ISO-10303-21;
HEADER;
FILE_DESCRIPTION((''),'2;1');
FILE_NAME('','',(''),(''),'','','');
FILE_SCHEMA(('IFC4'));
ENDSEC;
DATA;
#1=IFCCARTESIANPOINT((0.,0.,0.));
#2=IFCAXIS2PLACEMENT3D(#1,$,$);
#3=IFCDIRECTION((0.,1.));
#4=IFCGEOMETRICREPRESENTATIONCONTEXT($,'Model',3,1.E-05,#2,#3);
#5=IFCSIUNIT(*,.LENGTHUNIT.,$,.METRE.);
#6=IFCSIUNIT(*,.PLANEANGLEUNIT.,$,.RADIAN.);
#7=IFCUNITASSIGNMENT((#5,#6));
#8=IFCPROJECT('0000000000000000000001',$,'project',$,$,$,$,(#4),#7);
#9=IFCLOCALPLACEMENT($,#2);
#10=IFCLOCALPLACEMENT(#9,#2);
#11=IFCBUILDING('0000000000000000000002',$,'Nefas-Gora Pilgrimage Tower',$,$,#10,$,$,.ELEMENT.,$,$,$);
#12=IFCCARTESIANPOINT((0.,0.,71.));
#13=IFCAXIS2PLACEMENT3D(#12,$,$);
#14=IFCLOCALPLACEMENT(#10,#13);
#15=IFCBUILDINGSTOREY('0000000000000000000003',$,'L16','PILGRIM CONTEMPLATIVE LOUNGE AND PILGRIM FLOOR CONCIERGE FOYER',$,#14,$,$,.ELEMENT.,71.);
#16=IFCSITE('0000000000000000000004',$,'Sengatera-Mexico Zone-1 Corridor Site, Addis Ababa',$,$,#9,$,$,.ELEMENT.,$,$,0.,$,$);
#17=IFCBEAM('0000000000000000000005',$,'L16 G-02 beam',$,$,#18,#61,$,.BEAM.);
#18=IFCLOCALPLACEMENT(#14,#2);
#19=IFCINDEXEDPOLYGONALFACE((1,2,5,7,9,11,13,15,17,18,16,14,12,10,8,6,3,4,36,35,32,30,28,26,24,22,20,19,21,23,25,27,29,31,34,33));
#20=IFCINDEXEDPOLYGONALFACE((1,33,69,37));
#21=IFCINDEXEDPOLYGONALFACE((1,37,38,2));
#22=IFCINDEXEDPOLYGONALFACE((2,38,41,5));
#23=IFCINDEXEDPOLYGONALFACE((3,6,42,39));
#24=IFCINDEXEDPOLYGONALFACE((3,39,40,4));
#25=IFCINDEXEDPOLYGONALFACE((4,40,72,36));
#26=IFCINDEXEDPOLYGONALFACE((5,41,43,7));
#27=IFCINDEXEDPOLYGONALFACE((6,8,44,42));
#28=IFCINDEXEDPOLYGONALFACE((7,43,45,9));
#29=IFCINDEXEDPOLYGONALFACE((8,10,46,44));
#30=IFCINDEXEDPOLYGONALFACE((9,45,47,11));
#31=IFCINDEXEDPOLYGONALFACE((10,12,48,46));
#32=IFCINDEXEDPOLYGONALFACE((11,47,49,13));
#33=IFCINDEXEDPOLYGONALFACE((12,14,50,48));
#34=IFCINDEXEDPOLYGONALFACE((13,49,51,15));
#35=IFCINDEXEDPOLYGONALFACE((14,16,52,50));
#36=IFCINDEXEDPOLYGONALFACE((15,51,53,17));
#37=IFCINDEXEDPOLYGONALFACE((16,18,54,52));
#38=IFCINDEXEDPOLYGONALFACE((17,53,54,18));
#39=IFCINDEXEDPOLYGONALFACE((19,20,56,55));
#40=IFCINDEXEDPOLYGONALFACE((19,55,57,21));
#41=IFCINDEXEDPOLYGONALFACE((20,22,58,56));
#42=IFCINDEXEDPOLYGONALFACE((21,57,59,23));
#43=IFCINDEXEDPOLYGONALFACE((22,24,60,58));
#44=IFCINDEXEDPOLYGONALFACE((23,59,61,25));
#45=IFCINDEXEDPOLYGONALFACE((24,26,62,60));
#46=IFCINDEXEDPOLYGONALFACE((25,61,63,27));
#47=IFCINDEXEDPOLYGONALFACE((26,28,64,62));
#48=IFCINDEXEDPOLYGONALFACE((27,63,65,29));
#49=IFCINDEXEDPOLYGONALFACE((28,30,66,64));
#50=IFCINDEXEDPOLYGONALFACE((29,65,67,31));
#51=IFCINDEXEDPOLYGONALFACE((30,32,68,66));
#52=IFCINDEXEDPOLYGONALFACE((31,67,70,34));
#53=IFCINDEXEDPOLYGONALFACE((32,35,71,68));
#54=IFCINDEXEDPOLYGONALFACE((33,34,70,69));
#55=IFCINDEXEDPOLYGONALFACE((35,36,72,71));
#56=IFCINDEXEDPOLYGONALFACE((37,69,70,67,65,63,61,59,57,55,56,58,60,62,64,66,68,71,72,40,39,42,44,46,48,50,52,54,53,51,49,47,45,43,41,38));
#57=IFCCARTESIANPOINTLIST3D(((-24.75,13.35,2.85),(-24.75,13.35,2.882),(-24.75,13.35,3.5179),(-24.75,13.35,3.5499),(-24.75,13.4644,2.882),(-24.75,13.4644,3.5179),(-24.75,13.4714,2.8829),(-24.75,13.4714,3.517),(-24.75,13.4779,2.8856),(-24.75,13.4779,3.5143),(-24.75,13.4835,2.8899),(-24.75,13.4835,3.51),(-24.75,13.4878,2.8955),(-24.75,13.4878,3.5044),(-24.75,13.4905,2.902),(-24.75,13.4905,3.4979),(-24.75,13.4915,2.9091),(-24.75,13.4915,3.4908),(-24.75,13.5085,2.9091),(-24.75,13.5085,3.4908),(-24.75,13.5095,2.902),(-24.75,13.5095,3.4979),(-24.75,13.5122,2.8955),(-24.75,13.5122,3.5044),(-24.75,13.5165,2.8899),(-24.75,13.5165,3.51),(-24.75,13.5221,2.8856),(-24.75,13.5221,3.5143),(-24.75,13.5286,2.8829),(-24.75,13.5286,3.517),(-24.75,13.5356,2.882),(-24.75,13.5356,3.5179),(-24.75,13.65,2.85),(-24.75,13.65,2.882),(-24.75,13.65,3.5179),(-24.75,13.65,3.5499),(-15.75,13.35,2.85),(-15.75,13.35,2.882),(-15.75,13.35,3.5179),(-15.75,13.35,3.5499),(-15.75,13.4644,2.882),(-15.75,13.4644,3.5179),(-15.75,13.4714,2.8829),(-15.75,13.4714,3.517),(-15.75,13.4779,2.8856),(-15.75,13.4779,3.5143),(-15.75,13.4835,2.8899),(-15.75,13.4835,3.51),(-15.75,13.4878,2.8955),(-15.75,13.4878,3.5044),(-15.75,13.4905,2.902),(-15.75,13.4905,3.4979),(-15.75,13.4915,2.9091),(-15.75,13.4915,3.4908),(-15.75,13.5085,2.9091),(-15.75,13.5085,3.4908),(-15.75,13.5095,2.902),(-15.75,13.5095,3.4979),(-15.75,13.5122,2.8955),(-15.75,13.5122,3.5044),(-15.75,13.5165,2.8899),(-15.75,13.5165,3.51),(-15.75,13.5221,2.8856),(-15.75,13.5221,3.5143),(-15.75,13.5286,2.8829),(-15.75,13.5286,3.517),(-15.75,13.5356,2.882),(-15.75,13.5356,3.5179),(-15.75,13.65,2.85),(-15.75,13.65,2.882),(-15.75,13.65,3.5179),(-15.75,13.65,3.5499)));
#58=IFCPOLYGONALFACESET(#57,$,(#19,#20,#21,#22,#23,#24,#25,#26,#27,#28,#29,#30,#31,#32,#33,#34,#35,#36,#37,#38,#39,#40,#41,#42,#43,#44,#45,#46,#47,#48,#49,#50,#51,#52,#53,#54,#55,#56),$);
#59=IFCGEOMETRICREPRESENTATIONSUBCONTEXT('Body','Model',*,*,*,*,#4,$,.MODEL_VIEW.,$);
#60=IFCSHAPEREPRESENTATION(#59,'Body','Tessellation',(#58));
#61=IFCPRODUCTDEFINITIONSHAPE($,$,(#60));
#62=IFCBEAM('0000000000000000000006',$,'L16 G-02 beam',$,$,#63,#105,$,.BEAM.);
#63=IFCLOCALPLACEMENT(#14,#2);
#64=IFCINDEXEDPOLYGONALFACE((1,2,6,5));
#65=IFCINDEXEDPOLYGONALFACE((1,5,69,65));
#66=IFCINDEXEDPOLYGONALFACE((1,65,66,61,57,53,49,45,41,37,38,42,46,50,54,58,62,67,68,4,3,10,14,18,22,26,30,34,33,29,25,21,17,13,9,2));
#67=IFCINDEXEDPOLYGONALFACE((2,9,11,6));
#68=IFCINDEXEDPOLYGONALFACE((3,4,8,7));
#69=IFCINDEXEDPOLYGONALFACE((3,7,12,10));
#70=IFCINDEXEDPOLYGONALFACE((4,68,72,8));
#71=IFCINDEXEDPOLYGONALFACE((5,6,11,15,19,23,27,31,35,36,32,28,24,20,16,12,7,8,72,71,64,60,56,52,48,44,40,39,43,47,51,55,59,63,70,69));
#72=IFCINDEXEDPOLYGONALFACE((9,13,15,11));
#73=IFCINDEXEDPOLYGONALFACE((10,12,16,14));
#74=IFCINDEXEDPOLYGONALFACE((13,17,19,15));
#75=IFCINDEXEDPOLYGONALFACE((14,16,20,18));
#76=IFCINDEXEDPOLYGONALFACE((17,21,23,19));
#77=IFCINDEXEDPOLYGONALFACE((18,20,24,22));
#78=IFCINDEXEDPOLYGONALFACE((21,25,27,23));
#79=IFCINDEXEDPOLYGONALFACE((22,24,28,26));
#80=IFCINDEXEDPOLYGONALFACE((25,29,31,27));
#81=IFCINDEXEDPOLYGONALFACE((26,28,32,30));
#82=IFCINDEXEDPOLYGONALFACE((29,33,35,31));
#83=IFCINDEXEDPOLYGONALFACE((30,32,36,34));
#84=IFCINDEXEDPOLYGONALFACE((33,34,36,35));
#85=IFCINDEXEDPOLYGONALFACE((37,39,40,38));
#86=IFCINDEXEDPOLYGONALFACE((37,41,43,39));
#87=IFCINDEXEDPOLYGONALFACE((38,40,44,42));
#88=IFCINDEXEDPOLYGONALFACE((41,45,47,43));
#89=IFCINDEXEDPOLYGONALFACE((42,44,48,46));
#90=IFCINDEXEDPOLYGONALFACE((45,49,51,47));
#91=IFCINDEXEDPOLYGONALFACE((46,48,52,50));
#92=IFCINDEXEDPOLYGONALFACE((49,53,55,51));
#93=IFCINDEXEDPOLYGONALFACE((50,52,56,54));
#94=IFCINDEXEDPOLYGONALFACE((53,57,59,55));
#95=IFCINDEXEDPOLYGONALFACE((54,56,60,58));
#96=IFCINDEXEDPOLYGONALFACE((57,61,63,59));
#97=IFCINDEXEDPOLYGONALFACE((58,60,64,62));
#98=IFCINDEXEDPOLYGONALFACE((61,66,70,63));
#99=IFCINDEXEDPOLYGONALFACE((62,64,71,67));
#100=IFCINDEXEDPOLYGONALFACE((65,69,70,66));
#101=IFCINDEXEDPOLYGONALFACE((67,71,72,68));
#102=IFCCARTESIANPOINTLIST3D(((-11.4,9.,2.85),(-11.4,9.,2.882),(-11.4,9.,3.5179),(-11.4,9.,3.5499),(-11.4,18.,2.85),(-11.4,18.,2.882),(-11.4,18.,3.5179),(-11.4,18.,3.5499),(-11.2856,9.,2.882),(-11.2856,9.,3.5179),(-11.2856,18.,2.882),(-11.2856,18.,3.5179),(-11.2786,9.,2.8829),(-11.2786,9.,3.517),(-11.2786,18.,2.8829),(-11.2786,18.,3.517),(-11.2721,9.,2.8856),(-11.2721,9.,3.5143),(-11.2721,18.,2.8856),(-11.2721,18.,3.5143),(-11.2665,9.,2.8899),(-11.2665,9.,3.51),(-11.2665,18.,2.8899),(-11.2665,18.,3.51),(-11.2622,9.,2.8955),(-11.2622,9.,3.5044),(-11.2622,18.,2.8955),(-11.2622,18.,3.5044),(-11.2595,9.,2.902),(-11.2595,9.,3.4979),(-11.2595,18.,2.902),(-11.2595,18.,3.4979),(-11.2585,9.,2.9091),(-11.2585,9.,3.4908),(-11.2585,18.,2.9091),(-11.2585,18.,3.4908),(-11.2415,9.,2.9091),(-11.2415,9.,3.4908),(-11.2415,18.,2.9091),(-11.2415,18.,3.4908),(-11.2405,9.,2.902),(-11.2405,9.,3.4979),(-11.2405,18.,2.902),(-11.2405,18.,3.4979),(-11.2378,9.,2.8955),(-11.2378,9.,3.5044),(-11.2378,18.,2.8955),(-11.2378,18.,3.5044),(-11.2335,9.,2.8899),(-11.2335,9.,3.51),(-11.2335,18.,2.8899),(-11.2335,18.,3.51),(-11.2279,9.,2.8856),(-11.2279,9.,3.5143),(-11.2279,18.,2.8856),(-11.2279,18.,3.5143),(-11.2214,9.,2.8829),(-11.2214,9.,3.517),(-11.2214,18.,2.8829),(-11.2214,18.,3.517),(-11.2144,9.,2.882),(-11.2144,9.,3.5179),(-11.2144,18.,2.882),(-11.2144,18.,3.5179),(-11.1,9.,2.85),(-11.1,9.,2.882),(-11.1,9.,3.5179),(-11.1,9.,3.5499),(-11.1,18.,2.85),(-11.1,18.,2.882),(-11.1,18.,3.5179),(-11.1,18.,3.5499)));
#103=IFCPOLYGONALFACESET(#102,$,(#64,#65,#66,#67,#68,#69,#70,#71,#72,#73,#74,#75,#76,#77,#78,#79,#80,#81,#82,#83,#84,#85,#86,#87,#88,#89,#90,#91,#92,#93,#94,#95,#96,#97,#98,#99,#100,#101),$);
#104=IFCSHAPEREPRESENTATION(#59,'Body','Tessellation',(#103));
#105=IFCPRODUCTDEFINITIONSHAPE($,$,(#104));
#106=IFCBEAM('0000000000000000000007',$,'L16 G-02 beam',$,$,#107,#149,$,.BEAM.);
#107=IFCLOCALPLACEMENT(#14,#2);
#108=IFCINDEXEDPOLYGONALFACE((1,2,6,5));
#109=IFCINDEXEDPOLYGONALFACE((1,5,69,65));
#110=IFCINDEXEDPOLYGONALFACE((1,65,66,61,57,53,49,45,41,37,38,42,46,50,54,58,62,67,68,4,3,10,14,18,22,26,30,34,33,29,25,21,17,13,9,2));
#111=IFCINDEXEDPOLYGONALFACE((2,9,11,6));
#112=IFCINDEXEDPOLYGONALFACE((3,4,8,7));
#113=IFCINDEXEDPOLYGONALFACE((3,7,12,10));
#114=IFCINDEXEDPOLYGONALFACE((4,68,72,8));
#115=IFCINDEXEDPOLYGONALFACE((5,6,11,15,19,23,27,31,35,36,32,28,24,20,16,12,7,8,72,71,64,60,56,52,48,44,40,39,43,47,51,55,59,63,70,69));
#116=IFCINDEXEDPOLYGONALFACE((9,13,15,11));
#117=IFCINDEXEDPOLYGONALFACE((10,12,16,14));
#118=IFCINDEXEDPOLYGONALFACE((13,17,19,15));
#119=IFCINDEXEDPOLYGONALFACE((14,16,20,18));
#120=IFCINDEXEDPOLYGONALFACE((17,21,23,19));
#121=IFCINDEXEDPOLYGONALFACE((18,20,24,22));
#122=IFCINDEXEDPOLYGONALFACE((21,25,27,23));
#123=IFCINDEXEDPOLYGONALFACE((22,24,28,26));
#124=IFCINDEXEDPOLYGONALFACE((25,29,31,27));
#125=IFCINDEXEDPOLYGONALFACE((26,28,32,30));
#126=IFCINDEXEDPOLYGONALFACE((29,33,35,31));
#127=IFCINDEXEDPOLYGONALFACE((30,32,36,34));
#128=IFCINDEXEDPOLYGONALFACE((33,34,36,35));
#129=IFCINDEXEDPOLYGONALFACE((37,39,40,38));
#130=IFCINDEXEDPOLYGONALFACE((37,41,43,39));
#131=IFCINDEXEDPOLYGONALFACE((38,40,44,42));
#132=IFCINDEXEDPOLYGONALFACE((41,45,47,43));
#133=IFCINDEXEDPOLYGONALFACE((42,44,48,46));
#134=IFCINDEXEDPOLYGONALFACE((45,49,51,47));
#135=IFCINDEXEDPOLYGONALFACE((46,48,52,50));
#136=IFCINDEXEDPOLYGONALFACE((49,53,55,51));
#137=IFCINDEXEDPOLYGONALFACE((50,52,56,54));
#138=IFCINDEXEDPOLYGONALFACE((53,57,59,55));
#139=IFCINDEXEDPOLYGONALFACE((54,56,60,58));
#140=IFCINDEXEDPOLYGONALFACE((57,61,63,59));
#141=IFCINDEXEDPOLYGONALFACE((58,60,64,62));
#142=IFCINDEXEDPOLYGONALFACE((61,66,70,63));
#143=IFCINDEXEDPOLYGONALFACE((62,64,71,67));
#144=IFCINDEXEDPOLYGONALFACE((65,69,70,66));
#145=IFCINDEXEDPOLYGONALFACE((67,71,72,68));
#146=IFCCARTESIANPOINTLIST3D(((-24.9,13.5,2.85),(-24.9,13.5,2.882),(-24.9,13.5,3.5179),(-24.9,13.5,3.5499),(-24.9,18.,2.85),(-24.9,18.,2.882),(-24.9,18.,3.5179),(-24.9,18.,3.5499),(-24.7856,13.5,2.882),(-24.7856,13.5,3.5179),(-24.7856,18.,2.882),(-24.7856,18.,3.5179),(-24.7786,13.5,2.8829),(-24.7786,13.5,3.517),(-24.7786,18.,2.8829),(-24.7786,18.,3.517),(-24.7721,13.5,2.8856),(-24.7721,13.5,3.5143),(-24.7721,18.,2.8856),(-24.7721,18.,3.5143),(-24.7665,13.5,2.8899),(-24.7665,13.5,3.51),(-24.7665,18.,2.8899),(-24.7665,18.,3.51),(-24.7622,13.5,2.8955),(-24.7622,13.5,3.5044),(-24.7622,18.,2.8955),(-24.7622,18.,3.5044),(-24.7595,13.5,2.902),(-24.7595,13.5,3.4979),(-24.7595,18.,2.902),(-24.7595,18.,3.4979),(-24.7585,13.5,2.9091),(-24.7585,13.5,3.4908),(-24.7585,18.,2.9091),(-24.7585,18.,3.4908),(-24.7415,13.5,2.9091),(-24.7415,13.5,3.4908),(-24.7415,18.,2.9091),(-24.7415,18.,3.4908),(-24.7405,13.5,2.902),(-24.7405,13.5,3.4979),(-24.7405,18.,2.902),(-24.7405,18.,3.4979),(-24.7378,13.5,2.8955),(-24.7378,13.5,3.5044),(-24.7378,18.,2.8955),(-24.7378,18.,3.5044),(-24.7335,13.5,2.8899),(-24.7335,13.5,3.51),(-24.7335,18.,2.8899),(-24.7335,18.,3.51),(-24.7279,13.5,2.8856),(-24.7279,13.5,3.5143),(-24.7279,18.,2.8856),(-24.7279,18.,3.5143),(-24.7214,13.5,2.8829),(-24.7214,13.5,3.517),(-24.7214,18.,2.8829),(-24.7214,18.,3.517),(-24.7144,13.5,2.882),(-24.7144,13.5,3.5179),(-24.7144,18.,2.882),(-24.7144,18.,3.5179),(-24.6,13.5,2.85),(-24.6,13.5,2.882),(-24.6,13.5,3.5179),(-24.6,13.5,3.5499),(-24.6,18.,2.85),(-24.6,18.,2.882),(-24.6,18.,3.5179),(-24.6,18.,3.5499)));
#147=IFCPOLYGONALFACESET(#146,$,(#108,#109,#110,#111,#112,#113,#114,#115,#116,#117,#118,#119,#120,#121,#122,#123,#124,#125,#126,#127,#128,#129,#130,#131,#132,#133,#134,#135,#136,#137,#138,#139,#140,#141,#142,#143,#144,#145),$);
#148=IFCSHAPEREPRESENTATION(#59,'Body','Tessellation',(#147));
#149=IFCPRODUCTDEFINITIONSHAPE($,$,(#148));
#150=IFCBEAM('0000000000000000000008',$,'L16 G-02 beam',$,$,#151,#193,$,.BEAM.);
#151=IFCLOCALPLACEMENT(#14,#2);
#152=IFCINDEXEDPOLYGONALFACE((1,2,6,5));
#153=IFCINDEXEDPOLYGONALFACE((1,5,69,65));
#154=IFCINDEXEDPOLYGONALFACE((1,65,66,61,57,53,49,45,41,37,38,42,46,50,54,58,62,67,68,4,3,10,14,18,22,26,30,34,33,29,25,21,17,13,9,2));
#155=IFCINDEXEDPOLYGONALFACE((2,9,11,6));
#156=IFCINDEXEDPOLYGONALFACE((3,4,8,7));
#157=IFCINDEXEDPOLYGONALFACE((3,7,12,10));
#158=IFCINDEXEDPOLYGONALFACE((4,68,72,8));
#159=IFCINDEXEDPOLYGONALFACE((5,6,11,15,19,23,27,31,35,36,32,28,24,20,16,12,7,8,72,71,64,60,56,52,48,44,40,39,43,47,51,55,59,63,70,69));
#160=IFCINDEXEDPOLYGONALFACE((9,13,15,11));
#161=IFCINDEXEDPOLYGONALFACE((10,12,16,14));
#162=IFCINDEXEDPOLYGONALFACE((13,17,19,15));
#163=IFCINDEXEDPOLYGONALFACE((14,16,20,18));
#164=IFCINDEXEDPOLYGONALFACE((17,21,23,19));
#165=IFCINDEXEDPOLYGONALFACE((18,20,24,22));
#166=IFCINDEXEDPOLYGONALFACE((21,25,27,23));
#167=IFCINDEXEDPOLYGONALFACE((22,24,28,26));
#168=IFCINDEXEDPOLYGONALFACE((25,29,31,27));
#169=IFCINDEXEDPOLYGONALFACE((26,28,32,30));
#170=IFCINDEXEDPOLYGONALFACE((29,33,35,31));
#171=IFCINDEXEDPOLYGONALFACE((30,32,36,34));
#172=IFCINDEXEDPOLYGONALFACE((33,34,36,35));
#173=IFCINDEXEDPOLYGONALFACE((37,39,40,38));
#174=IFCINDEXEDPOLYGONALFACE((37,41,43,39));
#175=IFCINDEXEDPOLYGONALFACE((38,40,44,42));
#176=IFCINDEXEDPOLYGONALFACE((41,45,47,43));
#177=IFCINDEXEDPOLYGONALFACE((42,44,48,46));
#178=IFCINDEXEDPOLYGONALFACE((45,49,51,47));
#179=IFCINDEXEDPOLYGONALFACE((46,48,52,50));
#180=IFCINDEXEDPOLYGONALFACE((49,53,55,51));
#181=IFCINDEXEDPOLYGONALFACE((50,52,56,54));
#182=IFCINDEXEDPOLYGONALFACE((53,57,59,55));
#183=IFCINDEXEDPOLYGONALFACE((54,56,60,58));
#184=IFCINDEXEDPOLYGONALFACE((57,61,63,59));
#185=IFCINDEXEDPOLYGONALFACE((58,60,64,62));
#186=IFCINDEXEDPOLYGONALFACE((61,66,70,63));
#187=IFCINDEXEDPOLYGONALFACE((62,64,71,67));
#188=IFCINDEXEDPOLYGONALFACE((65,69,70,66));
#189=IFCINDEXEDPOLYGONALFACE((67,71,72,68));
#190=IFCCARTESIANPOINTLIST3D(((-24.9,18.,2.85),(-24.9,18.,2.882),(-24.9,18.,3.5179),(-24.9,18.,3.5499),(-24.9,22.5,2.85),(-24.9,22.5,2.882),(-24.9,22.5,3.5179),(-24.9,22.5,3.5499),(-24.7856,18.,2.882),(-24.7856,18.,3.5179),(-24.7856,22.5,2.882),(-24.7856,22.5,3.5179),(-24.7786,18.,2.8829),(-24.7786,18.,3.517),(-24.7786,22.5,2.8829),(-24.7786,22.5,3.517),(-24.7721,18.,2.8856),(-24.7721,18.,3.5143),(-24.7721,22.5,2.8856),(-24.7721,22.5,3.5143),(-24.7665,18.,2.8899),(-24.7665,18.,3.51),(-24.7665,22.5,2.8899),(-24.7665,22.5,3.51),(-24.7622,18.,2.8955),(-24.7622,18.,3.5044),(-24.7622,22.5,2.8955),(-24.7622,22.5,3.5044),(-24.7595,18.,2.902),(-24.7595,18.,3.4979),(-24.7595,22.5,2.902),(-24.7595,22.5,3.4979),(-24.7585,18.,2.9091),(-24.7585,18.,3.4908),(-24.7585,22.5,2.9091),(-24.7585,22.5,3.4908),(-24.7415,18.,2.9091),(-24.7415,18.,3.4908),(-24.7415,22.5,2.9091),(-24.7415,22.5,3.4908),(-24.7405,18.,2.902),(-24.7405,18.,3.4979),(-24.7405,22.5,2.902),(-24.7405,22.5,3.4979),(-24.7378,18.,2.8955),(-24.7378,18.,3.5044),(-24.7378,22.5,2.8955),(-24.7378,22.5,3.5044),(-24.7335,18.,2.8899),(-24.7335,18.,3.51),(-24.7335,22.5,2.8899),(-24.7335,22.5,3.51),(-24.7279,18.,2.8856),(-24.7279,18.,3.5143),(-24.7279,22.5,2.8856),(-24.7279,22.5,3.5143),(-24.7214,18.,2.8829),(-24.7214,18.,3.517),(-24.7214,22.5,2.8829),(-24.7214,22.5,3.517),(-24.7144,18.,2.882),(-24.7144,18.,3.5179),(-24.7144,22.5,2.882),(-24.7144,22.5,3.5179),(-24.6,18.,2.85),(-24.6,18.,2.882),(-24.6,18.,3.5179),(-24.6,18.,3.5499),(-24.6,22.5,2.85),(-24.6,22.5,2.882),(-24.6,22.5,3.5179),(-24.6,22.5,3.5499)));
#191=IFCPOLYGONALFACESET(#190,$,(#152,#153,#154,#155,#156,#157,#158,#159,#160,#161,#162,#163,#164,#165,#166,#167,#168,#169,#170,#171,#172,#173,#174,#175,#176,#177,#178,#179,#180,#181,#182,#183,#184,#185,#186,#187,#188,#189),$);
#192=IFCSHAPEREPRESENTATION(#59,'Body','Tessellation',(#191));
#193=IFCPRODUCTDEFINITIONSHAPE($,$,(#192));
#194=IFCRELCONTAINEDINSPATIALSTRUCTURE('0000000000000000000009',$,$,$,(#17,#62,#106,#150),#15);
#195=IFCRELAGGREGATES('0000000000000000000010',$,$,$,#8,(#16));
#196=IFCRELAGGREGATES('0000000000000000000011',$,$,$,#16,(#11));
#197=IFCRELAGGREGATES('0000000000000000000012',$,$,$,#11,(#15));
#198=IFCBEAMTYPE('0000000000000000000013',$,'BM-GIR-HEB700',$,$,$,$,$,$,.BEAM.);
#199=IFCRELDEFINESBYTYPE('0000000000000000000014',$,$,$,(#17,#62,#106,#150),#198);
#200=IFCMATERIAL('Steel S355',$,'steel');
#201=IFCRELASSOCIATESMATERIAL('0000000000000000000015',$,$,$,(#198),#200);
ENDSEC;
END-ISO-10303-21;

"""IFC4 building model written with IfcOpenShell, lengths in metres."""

from ifc_helpers import new_model, si_unit, direction, frame, origin, origin_2d, place, context, subcontext, project, spatial, i_section, extrude, source, transform, mapped, material, material_profile, profile_set, type_object, element, save


model = new_model("IFC4")

# Units and contexts
model_context = context("Model", 3, precision=1e-05, world=origin(), true_north=direction((0.0, 1.0)))
body_context = subcontext(model_context, "Body", "Model", "MODEL_VIEW")
ifc_project = project(units=[si_unit("LENGTHUNIT", "METRE"), si_unit("PLANEANGLEUNIT", "RADIAN")], contexts=[model_context])

# Site, building, storey
site_placement = place(None, origin())
site = spatial("IfcSite", under=ifc_project, at=site_placement, Name="Sengatera-Mexico Zone-1 Corridor Site, Addis Ababa", CompositionType="ELEMENT", RefElevation=0.0)
building_placement = place(site_placement, origin())
building = spatial("IfcBuilding", under=site, at=building_placement, Name="Nefas-Gora Pilgrimage Tower", CompositionType="ELEMENT")
storey_placement = place(building_placement, frame((0.0, 0.0, 71.0)))
storey = spatial("IfcBuildingStorey", under=building, at=storey_placement, Name="L16", Description="PILGRIM CONTEMPLATIVE LOUNGE AND PILGRIM FLOOR CONCIERGE FOYER", CompositionType="ELEMENT", Elevation=71.0)

# Beams
ifc_material_1 = material(Name="Steel S355", Category="steel")
ifc_material_profile_1 = material_profile(ifc_material_1, i_section(OverallWidth=0.3, OverallDepth=0.7, WebThickness=0.0171, FlangeThickness=0.032, FilletRadius=0.0271, at=origin_2d()), Name="HEB 700")
ifc_profile_set_1 = profile_set([ifc_material_profile_1], Name="Steel S355")
beam_type_1 = type_object("IfcBeamType", Name="BM-GIR-HEB700", PredefinedType="BEAM", material=ifc_profile_set_1)
shared_shape_1 = source(origin(), body_context, "Body", "SweptSolid", [
    extrude(i_section(OverallWidth=0.3, OverallDepth=0.7, WebThickness=0.0171, FlangeThickness=0.032, FilletRadius=0.0271, at=origin_2d()), origin(), (0.0, 0.0, 1.0), 9.0),
])
for number, where, z_axis, x_axis, name in (
    (1, (-24.75, 13.5, 3.2), (1.0, 0.0, 0.0), (0.0, 1.0, 0.0), "L16 G-02 beam"),
    (2, (-11.25, 9.0, 3.2), (0.0, 1.0, 0.0), (-1.0, 0.0, 0.0), "L16 G-02 beam"),
):
    element("IfcBeam", number, at=place(storey_placement, frame(where, z_axis=z_axis, x_axis=x_axis)), inside=storey, type_object=beam_type_1, Name=name, PredefinedType="BEAM", context=body_context, shape_type="MappedRepresentation", body=[
        mapped(shared_shape_1, transform((0.0, 0.0, 0.0), x_axis=(1.0, 0.0, 0.0), y_axis=(0.0, 1.0, 0.0), z_axis=(0.0, 0.0, 1.0), scale=1.0)),
    ])
shared_shape_2 = source(origin(), body_context, "Body", "SweptSolid", [
    extrude(i_section(OverallWidth=0.3, OverallDepth=0.7, WebThickness=0.0171, FlangeThickness=0.032, FilletRadius=0.0271, at=origin_2d()), origin(), (0.0, 0.0, 1.0), 4.5),
])
for number, where, z_axis, x_axis, name in (
    (3, (-24.75, 13.5, 3.2), (0.0, 1.0, 0.0), (-1.0, 0.0, 0.0), "L16 G-02 beam"),
    (4, (-24.75, 18.0, 3.2), (0.0, 1.0, 0.0), (-1.0, 0.0, 0.0), "L16 G-02 beam"),
):
    element("IfcBeam", number, at=place(storey_placement, frame(where, z_axis=z_axis, x_axis=x_axis)), inside=storey, type_object=beam_type_1, Name=name, PredefinedType="BEAM", context=body_context, shape_type="MappedRepresentation", body=[
        mapped(shared_shape_2, transform((0.0, 0.0, 0.0), x_axis=(1.0, 0.0, 0.0), y_axis=(0.0, 1.0, 0.0), z_axis=(0.0, 0.0, 1.0), scale=1.0)),
    ])

save(model, "model.ifc")
